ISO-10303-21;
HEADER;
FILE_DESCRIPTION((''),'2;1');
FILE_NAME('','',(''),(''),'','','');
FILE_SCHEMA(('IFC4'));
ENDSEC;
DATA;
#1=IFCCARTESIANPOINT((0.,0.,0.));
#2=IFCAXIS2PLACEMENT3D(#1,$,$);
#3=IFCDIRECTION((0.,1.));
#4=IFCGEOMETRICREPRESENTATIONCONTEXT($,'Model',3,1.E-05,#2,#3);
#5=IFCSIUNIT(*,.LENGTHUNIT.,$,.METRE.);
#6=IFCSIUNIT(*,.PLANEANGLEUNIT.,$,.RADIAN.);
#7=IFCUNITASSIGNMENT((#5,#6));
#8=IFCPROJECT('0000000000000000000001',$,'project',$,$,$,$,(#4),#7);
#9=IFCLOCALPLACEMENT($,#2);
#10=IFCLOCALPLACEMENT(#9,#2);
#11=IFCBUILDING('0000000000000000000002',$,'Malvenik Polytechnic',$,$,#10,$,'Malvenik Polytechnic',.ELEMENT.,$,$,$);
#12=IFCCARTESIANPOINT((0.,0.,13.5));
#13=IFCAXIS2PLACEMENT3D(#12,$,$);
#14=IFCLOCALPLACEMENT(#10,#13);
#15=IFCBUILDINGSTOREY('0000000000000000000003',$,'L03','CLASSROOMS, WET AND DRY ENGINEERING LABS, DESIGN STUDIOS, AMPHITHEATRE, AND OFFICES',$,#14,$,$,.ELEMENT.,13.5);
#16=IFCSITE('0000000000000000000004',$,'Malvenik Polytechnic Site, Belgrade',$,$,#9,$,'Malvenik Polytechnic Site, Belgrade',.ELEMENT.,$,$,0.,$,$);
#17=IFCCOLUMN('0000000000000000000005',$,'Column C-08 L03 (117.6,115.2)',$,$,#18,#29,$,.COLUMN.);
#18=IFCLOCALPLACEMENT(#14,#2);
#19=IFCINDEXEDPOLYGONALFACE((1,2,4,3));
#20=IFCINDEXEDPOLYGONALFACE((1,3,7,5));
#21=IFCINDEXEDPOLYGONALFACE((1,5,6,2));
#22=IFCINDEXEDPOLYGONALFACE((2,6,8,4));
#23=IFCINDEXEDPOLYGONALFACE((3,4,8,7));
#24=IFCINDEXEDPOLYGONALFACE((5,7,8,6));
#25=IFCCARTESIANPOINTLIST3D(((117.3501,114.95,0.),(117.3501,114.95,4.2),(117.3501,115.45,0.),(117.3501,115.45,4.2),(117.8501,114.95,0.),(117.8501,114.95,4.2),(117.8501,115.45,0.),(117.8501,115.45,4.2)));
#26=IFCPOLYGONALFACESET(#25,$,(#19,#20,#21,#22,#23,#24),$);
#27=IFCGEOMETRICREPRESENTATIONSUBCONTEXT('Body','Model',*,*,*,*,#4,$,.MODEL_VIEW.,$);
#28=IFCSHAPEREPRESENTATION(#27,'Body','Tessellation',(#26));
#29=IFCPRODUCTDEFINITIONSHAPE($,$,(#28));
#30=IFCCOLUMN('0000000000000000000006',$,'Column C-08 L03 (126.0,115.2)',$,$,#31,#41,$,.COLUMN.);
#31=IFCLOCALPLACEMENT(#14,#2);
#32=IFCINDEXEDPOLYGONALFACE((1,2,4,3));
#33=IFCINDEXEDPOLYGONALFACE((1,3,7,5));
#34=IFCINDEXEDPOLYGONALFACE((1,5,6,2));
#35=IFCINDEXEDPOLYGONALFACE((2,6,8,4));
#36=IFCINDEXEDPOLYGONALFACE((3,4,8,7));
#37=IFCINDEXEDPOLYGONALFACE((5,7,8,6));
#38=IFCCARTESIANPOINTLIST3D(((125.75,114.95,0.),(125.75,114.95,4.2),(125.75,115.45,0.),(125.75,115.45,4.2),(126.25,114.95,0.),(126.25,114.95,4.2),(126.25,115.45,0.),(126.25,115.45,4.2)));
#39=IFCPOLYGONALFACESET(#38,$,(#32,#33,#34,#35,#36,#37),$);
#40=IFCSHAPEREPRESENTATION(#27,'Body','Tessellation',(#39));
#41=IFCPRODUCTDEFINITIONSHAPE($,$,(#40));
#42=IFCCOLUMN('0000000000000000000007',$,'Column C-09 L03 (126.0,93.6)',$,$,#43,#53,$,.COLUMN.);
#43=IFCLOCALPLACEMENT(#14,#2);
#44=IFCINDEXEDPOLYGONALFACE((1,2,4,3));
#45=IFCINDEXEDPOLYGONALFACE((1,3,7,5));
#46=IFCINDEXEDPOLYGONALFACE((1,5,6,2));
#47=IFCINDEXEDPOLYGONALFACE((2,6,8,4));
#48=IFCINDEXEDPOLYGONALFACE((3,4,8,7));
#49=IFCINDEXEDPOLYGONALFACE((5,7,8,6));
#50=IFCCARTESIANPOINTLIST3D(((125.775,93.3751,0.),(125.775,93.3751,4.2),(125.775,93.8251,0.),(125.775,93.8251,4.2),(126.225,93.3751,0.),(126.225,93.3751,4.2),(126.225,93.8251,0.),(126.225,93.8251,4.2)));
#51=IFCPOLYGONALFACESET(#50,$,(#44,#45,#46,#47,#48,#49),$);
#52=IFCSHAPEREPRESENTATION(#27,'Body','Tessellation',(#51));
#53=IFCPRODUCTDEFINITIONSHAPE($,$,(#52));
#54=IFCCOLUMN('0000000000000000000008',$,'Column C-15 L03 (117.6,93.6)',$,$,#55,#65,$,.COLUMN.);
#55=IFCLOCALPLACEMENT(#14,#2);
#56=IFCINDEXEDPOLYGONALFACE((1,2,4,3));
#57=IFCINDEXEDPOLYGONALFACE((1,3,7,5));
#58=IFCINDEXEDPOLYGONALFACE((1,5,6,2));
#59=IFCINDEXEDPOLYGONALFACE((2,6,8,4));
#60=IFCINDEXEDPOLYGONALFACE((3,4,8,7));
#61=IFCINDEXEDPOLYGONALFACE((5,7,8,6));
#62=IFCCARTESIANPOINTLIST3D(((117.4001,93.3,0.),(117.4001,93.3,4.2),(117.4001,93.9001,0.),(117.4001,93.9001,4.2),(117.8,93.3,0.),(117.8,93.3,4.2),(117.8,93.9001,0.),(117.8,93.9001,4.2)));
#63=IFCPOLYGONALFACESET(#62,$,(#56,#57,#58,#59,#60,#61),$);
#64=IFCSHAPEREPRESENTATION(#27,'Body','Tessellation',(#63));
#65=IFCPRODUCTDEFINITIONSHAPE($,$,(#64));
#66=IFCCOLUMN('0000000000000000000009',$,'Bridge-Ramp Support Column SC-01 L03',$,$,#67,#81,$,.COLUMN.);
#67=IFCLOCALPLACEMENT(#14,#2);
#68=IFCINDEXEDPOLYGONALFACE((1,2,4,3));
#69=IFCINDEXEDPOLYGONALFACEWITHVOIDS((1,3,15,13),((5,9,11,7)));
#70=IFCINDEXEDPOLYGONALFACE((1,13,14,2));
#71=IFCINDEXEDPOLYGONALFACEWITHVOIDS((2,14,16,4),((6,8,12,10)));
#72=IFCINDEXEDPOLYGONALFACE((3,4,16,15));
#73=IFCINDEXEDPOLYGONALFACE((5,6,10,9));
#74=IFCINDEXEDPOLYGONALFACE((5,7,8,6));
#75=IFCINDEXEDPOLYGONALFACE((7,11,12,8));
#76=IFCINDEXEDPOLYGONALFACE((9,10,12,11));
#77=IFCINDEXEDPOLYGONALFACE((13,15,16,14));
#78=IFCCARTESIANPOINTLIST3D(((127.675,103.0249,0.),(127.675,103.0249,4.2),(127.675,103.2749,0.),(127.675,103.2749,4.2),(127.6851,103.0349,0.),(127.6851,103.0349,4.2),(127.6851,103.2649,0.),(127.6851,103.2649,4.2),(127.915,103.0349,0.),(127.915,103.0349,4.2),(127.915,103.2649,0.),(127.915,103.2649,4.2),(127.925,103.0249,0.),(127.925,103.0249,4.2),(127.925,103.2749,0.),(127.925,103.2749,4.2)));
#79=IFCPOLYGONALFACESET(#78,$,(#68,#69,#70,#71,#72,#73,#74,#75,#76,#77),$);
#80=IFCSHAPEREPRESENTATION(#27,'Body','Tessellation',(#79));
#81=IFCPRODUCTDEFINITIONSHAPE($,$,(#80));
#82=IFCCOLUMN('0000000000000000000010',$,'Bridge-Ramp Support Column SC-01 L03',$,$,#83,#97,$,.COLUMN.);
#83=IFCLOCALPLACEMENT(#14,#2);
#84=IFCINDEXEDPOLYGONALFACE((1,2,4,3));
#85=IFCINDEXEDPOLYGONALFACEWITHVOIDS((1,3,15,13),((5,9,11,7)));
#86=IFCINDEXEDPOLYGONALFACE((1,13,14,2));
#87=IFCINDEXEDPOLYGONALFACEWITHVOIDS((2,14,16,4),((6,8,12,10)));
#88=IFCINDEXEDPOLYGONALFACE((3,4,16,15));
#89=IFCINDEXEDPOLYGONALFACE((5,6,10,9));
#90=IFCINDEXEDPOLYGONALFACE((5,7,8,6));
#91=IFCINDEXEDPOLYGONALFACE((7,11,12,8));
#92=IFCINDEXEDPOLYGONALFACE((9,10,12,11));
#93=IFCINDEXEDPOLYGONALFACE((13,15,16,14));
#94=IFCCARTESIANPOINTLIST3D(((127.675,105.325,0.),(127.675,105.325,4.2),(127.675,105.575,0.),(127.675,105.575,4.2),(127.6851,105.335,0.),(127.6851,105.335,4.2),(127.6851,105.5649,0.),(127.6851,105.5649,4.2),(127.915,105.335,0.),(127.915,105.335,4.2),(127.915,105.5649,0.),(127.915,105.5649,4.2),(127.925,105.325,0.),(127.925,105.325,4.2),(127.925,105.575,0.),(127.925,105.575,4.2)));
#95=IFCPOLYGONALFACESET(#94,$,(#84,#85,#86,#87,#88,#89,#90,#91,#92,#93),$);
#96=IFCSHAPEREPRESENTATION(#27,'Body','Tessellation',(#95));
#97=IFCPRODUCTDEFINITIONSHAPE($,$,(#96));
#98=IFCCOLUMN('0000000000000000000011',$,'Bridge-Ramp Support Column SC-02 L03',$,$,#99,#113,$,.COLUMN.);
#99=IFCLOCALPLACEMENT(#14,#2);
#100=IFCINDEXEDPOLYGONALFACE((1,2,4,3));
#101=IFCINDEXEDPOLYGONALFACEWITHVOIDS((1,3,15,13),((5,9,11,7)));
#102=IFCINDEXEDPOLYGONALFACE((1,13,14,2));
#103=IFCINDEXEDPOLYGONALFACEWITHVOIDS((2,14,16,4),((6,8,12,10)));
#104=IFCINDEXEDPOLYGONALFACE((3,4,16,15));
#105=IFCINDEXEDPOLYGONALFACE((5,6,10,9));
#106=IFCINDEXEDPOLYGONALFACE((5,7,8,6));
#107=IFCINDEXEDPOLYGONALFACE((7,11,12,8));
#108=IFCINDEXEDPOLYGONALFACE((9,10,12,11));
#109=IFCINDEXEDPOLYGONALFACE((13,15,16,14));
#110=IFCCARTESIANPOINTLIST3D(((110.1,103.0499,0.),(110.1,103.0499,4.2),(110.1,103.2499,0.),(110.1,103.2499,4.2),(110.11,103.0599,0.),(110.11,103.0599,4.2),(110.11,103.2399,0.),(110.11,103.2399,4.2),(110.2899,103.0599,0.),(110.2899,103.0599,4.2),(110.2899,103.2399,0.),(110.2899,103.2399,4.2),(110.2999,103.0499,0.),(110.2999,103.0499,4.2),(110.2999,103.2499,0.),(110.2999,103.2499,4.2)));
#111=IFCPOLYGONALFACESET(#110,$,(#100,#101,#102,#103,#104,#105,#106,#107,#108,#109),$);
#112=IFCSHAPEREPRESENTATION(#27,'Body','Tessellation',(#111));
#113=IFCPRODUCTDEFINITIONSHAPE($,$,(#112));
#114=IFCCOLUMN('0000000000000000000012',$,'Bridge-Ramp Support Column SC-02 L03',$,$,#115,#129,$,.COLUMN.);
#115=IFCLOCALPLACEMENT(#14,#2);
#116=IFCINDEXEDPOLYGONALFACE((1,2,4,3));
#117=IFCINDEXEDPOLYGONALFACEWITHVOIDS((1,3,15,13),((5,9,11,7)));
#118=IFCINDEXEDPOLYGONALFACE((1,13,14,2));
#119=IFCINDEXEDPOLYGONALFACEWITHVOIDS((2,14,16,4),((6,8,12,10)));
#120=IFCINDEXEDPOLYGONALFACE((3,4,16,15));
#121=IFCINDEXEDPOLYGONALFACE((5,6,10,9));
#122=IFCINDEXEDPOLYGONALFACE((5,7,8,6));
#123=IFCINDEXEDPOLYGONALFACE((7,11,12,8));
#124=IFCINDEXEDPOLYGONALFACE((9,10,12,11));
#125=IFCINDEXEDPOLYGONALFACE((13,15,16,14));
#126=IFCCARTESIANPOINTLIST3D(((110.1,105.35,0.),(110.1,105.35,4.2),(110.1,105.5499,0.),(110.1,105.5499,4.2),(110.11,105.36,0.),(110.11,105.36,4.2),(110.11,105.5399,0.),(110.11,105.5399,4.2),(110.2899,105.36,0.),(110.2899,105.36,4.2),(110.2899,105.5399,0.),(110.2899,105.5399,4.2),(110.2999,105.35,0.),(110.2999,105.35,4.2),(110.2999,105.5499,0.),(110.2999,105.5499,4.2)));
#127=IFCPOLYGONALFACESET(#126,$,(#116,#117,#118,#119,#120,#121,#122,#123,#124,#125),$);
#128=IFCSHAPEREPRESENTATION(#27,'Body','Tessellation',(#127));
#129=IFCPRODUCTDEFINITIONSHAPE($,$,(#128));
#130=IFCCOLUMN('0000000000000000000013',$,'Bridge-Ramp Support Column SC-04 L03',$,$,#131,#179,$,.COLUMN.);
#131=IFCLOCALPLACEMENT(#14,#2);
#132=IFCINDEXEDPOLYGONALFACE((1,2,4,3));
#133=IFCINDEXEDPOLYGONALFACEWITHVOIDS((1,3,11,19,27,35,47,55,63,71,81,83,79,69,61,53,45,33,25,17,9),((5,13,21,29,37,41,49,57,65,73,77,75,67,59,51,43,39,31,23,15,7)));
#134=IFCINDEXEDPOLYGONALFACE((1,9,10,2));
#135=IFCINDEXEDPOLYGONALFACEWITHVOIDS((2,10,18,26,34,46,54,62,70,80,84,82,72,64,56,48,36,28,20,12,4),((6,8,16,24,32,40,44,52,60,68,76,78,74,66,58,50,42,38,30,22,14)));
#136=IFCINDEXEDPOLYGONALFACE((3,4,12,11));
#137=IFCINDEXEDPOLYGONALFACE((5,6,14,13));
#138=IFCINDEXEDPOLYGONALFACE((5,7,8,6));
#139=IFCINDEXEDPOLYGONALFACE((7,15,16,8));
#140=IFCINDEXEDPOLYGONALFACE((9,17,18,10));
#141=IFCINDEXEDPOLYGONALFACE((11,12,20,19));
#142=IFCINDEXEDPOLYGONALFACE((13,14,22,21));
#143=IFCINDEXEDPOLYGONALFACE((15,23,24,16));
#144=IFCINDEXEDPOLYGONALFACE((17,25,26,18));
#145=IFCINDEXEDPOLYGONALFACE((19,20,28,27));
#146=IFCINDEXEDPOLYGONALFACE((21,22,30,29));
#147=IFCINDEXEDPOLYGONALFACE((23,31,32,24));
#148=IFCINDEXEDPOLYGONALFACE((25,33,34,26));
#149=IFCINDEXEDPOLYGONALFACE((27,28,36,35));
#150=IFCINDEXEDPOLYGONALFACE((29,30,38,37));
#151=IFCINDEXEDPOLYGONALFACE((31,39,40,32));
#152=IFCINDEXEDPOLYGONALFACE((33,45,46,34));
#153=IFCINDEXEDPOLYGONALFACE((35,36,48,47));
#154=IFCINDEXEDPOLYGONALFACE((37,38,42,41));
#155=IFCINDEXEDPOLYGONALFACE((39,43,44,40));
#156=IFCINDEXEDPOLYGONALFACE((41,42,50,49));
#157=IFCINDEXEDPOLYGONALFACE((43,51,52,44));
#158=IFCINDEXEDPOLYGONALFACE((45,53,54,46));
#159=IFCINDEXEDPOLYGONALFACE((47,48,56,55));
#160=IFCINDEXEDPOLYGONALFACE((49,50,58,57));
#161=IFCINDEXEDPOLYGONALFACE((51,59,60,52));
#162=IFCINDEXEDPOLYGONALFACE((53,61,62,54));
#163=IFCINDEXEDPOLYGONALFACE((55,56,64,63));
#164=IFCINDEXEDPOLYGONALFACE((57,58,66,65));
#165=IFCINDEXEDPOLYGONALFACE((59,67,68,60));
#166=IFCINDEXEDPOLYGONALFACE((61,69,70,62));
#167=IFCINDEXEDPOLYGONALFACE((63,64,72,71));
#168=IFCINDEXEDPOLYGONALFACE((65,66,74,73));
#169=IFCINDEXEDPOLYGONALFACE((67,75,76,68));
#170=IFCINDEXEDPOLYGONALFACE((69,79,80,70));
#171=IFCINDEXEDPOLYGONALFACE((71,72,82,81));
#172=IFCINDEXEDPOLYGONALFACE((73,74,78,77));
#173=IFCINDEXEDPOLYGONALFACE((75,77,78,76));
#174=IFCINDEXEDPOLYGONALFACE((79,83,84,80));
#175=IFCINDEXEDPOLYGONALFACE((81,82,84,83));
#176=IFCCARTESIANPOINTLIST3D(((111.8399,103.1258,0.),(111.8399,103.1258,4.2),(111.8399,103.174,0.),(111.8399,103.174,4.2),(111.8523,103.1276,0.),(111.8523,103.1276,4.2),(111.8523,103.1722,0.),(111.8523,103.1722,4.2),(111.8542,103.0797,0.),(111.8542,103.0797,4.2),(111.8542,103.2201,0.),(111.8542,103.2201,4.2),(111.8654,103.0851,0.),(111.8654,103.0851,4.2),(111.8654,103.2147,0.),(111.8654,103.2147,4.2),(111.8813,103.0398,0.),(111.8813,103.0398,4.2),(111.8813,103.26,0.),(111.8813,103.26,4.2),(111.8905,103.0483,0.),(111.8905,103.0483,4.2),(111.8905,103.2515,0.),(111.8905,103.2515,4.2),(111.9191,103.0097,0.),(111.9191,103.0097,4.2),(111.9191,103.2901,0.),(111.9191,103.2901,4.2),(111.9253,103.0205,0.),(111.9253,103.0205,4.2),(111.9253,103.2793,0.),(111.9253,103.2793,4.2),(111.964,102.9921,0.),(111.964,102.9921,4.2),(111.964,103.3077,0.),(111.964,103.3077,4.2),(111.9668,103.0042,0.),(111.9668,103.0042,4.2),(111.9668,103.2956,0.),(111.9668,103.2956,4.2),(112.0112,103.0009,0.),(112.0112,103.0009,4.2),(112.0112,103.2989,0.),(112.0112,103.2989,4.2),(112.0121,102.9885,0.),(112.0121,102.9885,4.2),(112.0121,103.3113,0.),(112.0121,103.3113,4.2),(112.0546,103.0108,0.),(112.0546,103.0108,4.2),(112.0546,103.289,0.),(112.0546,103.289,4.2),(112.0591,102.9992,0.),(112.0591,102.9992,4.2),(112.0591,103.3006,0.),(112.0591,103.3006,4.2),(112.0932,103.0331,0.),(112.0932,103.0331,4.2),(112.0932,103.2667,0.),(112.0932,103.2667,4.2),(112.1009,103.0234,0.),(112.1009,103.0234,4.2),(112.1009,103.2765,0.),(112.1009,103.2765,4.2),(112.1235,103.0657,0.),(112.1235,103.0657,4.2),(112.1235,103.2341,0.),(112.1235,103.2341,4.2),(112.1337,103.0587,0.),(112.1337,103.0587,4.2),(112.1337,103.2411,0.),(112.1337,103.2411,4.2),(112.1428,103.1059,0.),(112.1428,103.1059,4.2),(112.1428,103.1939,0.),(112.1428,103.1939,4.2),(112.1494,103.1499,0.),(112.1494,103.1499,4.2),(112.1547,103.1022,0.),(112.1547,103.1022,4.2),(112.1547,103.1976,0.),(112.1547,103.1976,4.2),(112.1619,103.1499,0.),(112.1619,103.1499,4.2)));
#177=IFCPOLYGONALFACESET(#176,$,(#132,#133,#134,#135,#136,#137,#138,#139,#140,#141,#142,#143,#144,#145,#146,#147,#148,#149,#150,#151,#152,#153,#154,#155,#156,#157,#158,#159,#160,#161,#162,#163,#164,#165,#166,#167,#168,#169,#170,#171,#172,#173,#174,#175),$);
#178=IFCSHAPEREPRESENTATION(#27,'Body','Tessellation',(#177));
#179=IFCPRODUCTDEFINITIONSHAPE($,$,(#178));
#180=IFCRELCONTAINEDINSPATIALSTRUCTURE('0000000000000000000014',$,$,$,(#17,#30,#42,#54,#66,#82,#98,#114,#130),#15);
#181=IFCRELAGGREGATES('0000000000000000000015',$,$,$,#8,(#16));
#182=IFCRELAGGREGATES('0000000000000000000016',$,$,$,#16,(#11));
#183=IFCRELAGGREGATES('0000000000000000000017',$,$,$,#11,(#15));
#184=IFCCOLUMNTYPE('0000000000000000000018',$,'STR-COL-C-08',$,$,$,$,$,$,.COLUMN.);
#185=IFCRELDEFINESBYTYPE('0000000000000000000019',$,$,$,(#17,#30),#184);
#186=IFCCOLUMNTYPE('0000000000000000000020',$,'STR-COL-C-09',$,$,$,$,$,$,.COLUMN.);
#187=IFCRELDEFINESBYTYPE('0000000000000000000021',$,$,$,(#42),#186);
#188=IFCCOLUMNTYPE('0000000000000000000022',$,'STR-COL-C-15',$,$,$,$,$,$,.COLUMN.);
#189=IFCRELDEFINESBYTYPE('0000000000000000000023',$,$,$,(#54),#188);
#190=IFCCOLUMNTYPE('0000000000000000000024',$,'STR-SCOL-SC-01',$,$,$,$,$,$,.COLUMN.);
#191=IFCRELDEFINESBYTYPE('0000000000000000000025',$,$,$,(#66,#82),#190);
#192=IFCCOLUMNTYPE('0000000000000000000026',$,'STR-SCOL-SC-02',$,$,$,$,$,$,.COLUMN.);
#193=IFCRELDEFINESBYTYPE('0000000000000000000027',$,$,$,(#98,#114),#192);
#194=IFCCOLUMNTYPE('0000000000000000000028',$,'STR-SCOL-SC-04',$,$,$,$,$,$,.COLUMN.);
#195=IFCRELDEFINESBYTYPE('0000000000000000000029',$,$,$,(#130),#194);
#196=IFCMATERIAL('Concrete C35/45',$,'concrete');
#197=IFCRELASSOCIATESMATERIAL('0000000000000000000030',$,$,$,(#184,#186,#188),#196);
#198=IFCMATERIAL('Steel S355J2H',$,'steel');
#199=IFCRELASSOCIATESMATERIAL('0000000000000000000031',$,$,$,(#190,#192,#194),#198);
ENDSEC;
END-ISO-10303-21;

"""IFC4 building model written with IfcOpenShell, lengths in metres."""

from ifc_helpers import new_model, si_unit, direction, frame, origin, origin_2d, place, context, subcontext, project, spatial, rectangle, hollow_rectangle, hollow_circle, extrude, material, material_profile, profile_set, type_object, element, save


model = new_model("IFC4")

# Units and contexts
model_context = context("Model", 3, precision=1e-05, world=origin(), true_north=direction((0.0, 1.0)))
body_context = subcontext(model_context, "Body", "Model", "MODEL_VIEW")
ifc_project = project(units=[si_unit("LENGTHUNIT", "METRE"), si_unit("PLANEANGLEUNIT", "RADIAN")], contexts=[model_context])

# Site, building, storey
site_placement = place(None, origin())
site = spatial("IfcSite", under=ifc_project, at=site_placement, Name="Malvenik Polytechnic Site, Belgrade", LongName="Malvenik Polytechnic Site, Belgrade", CompositionType="ELEMENT", RefElevation=0.0)
building_placement = place(site_placement, origin())
building = spatial("IfcBuilding", under=site, at=building_placement, Name="Malvenik Polytechnic", LongName="Malvenik Polytechnic", CompositionType="ELEMENT")
storey_placement = place(building_placement, frame((0.0, 0.0, 13.5)))
storey = spatial("IfcBuildingStorey", under=building, at=storey_placement, Name="L03", Description="CLASSROOMS, WET AND DRY ENGINEERING LABS, DESIGN STUDIOS, AMPHITHEATRE, AND OFFICES", CompositionType="ELEMENT", Elevation=13.5)

# Columns
ifc_material_1 = material(Name="Concrete C35/45", Category="concrete")
ifc_material_profile_1 = material_profile(ifc_material_1, rectangle(XDim=0.5, YDim=0.5, at=origin_2d()), Name="RC COL 500x500")
ifc_profile_set_1 = profile_set([ifc_material_profile_1], Name="Concrete C35/45")
column_type_1 = type_object("IfcColumnType", Name="STR-COL-C-08", PredefinedType="COLUMN", material=ifc_profile_set_1)
for number, where, z_axis, x_axis, name in (
    (1, (117.6001, 115.2, 0.0), (0.0, 0.0, 1.0), (1.0, 0.0, 0.0), "Column C-08 L03 (117.6,115.2)"),
    (2, (126.0, 115.2, 0.0), (0.0, 0.0, 1.0), (1.0, 0.0, 0.0), "Column C-08 L03 (126.0,115.2)"),
):
    element("IfcColumn", number, at=place(storey_placement, frame(where, z_axis=z_axis, x_axis=x_axis)), inside=storey, type_object=column_type_1, Name=name, PredefinedType="COLUMN", context=body_context, shape_type="SweptSolid", body=[
        extrude(rectangle(XDim=0.5, YDim=0.5, at=origin_2d()), origin(), (0.0, 0.0, 1.0), 4.2),
    ])
ifc_material_profile_2 = material_profile(ifc_material_1, rectangle(XDim=0.45, YDim=0.45, at=origin_2d()), Name="RC COL 450x450")
ifc_profile_set_2 = profile_set([ifc_material_profile_2], Name="Concrete C35/45")
column_type_2 = type_object("IfcColumnType", Name="STR-COL-C-09", PredefinedType="COLUMN", material=ifc_profile_set_2)
column_1_placement = place(storey_placement, frame((126.0, 93.6001, 0.0), z_axis=(0.0, 0.0, 1.0), x_axis=(1.0, 0.0, 0.0)))
element("IfcColumn", 3, at=column_1_placement, inside=storey, type_object=column_type_2, Name="Column C-09 L03 (126.0,93.6)", PredefinedType="COLUMN", context=body_context, shape_type="SweptSolid", body=[
    extrude(rectangle(XDim=0.45, YDim=0.45, at=origin_2d()), origin(), (0.0, 0.0, 1.0), 4.2),
])
ifc_material_profile_3 = material_profile(ifc_material_1, rectangle(XDim=0.3999, YDim=0.6001, at=origin_2d()), Name="RC COL 600x400")
ifc_profile_set_3 = profile_set([ifc_material_profile_3], Name="Concrete C35/45")
column_type_3 = type_object("IfcColumnType", Name="STR-COL-C-15", PredefinedType="COLUMN", material=ifc_profile_set_3)
column_2_placement = place(storey_placement, frame((117.6001, 93.6001, 0.0), z_axis=(0.0, 0.0, 1.0), x_axis=(1.0, 0.0, 0.0)))
element("IfcColumn", 4, at=column_2_placement, inside=storey, type_object=column_type_3, Name="Column C-15 L03 (117.6,93.6)", PredefinedType="COLUMN", context=body_context, shape_type="SweptSolid", body=[
    extrude(rectangle(XDim=0.3999, YDim=0.6001, at=origin_2d()), origin(), (0.0, 0.0, 1.0), 4.2),
])
ifc_material_2 = material(Name="Steel S355J2H", Category="steel")
ifc_material_profile_4 = material_profile(ifc_material_2, hollow_rectangle(XDim=0.25, YDim=0.25, WallThickness=0.01, at=origin_2d()), Name="SHS 250x250x10.0")
ifc_profile_set_4 = profile_set([ifc_material_profile_4], Name="Steel S355J2H")
column_type_4 = type_object("IfcColumnType", Name="STR-SCOL-SC-01", PredefinedType="COLUMN", material=ifc_profile_set_4)
for number, where, z_axis, x_axis, name in (
    (5, (127.8, 103.1499, 0.0), (0.0, 0.0, 1.0), (1.0, 0.0, 0.0), "Bridge-Ramp Support Column SC-01 L03"),
    (6, (127.8, 105.45, 0.0), (0.0, 0.0, 1.0), (1.0, 0.0, 0.0), "Bridge-Ramp Support Column SC-01 L03"),
):
    element("IfcColumn", number, at=place(storey_placement, frame(where, z_axis=z_axis, x_axis=x_axis)), inside=storey, type_object=column_type_4, Name=name, PredefinedType="COLUMN", context=body_context, shape_type="SweptSolid", body=[
        extrude(hollow_rectangle(XDim=0.25, YDim=0.25, WallThickness=0.01, at=origin_2d()), origin(), (0.0, 0.0, 1.0), 4.2),
    ])
ifc_material_profile_5 = material_profile(ifc_material_2, hollow_rectangle(XDim=0.2, YDim=0.2, WallThickness=0.01, at=origin_2d()), Name="SHS 200x200x10.0")
ifc_profile_set_5 = profile_set([ifc_material_profile_5], Name="Steel S355J2H")
column_type_5 = type_object("IfcColumnType", Name="STR-SCOL-SC-02", PredefinedType="COLUMN", material=ifc_profile_set_5)
for number, where, z_axis, x_axis, name in (
    (7, (110.2, 103.1499, 0.0), (0.0, 0.0, 1.0), (1.0, 0.0, 0.0), "Bridge-Ramp Support Column SC-02 L03"),
    (8, (110.2, 105.45, 0.0), (0.0, 0.0, 1.0), (1.0, 0.0, 0.0), "Bridge-Ramp Support Column SC-02 L03"),
):
    element("IfcColumn", number, at=place(storey_placement, frame(where, z_axis=z_axis, x_axis=x_axis)), inside=storey, type_object=column_type_5, Name=name, PredefinedType="COLUMN", context=body_context, shape_type="SweptSolid", body=[
        extrude(hollow_rectangle(XDim=0.2, YDim=0.2, WallThickness=0.01, at=origin_2d()), origin(), (0.0, 0.0, 1.0), 4.2),
    ])
ifc_material_profile_6 = material_profile(ifc_material_2, hollow_circle(Radius=0.1619, WallThickness=0.0125, at=origin_2d()), Name="CHS 323.9x12.5")
ifc_profile_set_6 = profile_set([ifc_material_profile_6], Name="Steel S355J2H")
column_type_6 = type_object("IfcColumnType", Name="STR-SCOL-SC-04", PredefinedType="COLUMN", material=ifc_profile_set_6)
for number, where, z_axis, x_axis, name in (
    (9, (112.0, 103.1499, 0.0), (0.0, 0.0, 1.0), (1.0, 0.0, 0.0), "Bridge-Ramp Support Column SC-04 L03"),
):
    element("IfcColumn", number, at=place(storey_placement, frame(where, z_axis=z_axis, x_axis=x_axis)), inside=storey, type_object=column_type_6, Name=name, PredefinedType="COLUMN", context=body_context, shape_type="SweptSolid", body=[
        extrude(hollow_circle(Radius=0.1619, WallThickness=0.0125, at=origin_2d()), origin(), (0.0, 0.0, 1.0), 4.2),
    ])

save(model, "model.ifc")
